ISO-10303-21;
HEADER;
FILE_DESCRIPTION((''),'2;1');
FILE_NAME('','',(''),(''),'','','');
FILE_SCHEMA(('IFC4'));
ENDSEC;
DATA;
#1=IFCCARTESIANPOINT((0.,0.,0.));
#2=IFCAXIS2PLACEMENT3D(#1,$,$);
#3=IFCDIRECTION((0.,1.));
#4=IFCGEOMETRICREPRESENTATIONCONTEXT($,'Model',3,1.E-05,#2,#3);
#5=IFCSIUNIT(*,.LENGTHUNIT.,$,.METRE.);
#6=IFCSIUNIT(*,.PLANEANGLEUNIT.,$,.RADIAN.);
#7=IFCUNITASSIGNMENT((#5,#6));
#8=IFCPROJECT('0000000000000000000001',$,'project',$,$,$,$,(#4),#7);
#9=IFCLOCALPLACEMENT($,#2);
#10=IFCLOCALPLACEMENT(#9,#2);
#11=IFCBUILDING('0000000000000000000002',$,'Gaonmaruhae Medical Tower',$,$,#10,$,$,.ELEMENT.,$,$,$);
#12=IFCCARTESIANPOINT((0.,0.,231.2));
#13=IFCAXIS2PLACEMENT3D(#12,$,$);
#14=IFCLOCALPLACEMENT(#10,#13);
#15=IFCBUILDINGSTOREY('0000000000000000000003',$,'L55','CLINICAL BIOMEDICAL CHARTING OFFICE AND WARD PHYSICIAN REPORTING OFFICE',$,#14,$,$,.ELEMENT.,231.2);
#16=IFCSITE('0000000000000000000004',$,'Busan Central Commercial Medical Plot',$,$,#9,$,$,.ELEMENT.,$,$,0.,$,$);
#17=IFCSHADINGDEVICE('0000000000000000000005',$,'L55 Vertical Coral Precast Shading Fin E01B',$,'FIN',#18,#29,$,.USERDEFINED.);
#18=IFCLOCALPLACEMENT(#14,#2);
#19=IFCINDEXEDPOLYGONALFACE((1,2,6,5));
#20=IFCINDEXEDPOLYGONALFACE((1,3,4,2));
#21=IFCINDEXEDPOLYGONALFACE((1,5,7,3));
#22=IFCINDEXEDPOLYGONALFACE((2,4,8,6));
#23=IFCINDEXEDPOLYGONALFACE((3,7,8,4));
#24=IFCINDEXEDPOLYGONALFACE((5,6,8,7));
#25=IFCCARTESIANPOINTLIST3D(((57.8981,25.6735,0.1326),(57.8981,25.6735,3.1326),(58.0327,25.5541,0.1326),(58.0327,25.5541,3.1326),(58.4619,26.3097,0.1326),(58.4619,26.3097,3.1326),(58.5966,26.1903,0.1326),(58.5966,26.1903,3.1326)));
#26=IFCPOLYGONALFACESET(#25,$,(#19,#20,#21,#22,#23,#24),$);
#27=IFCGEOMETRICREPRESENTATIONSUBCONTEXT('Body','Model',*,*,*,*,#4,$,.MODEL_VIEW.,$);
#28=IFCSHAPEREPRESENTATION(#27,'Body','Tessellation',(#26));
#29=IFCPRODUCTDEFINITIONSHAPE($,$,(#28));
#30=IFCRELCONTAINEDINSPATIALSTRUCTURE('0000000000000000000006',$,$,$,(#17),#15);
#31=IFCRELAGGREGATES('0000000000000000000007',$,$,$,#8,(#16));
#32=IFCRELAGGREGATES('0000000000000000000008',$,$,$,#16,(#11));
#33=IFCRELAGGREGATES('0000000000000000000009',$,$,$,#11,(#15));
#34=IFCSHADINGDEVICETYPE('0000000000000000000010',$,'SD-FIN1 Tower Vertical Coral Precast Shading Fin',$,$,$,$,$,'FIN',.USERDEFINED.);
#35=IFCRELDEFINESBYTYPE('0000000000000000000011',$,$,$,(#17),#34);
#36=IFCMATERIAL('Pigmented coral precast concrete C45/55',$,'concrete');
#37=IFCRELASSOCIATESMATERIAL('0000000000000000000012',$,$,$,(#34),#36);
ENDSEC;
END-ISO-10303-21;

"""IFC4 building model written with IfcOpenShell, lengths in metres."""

from ifc_helpers import new_model, si_unit, direction, frame, origin, origin_2d, place, context, subcontext, project, spatial, rectangle, extrude, material, type_object, element, save


model = new_model("IFC4")

# Units and contexts
model_context = context("Model", 3, precision=1e-05, world=origin(), true_north=direction((0.0, 1.0)))
body_context = subcontext(model_context, "Body", "Model", "MODEL_VIEW")
ifc_project = project(units=[si_unit("LENGTHUNIT", "METRE"), si_unit("PLANEANGLEUNIT", "RADIAN")], contexts=[model_context])

# Site, building, storey
site_placement = place(None, origin())
site = spatial("IfcSite", under=ifc_project, at=site_placement, Name="Busan Central Commercial Medical Plot", CompositionType="ELEMENT", RefElevation=0.0)
building_placement = place(site_placement, origin())
building = spatial("IfcBuilding", under=site, at=building_placement, Name="Gaonmaruhae Medical Tower", CompositionType="ELEMENT")
storey_placement = place(building_placement, frame((0.0, 0.0, 231.2)))
storey = spatial("IfcBuildingStorey", under=building, at=storey_placement, Name="L55", Description="CLINICAL BIOMEDICAL CHARTING OFFICE AND WARD PHYSICIAN REPORTING OFFICE", CompositionType="ELEMENT", Elevation=231.2)

# Shading device
ifc_material_1 = material(Name="Pigmented coral precast concrete C45/55", Category="concrete")
shading_device_type = type_object("IfcShadingDeviceType", Name="SD-FIN1 Tower Vertical Coral Precast Shading Fin", ElementType="FIN", PredefinedType="USERDEFINED", material=ifc_material_1)
for number, where, z_axis, x_axis, name in (
    (1, (58.2473, 25.9319, 0.1326), (0.0, 0.0, 1.0), (0.748377, -0.663273, 0.0), "L55 Vertical Coral Precast Shading Fin E01B"),
):
    element("IfcShadingDevice", number, at=place(storey_placement, frame(where, z_axis=z_axis, x_axis=x_axis)), inside=storey, type_object=shading_device_type, Name=name, ObjectType="FIN", PredefinedType="USERDEFINED", context=body_context, shape_type="SweptSolid", body=[
        extrude(rectangle(XDim=0.1799, YDim=0.8501, at=origin_2d()), origin(), (0.0, 0.0, 1.0), 3.0),
    ])

save(model, "model.ifc")
